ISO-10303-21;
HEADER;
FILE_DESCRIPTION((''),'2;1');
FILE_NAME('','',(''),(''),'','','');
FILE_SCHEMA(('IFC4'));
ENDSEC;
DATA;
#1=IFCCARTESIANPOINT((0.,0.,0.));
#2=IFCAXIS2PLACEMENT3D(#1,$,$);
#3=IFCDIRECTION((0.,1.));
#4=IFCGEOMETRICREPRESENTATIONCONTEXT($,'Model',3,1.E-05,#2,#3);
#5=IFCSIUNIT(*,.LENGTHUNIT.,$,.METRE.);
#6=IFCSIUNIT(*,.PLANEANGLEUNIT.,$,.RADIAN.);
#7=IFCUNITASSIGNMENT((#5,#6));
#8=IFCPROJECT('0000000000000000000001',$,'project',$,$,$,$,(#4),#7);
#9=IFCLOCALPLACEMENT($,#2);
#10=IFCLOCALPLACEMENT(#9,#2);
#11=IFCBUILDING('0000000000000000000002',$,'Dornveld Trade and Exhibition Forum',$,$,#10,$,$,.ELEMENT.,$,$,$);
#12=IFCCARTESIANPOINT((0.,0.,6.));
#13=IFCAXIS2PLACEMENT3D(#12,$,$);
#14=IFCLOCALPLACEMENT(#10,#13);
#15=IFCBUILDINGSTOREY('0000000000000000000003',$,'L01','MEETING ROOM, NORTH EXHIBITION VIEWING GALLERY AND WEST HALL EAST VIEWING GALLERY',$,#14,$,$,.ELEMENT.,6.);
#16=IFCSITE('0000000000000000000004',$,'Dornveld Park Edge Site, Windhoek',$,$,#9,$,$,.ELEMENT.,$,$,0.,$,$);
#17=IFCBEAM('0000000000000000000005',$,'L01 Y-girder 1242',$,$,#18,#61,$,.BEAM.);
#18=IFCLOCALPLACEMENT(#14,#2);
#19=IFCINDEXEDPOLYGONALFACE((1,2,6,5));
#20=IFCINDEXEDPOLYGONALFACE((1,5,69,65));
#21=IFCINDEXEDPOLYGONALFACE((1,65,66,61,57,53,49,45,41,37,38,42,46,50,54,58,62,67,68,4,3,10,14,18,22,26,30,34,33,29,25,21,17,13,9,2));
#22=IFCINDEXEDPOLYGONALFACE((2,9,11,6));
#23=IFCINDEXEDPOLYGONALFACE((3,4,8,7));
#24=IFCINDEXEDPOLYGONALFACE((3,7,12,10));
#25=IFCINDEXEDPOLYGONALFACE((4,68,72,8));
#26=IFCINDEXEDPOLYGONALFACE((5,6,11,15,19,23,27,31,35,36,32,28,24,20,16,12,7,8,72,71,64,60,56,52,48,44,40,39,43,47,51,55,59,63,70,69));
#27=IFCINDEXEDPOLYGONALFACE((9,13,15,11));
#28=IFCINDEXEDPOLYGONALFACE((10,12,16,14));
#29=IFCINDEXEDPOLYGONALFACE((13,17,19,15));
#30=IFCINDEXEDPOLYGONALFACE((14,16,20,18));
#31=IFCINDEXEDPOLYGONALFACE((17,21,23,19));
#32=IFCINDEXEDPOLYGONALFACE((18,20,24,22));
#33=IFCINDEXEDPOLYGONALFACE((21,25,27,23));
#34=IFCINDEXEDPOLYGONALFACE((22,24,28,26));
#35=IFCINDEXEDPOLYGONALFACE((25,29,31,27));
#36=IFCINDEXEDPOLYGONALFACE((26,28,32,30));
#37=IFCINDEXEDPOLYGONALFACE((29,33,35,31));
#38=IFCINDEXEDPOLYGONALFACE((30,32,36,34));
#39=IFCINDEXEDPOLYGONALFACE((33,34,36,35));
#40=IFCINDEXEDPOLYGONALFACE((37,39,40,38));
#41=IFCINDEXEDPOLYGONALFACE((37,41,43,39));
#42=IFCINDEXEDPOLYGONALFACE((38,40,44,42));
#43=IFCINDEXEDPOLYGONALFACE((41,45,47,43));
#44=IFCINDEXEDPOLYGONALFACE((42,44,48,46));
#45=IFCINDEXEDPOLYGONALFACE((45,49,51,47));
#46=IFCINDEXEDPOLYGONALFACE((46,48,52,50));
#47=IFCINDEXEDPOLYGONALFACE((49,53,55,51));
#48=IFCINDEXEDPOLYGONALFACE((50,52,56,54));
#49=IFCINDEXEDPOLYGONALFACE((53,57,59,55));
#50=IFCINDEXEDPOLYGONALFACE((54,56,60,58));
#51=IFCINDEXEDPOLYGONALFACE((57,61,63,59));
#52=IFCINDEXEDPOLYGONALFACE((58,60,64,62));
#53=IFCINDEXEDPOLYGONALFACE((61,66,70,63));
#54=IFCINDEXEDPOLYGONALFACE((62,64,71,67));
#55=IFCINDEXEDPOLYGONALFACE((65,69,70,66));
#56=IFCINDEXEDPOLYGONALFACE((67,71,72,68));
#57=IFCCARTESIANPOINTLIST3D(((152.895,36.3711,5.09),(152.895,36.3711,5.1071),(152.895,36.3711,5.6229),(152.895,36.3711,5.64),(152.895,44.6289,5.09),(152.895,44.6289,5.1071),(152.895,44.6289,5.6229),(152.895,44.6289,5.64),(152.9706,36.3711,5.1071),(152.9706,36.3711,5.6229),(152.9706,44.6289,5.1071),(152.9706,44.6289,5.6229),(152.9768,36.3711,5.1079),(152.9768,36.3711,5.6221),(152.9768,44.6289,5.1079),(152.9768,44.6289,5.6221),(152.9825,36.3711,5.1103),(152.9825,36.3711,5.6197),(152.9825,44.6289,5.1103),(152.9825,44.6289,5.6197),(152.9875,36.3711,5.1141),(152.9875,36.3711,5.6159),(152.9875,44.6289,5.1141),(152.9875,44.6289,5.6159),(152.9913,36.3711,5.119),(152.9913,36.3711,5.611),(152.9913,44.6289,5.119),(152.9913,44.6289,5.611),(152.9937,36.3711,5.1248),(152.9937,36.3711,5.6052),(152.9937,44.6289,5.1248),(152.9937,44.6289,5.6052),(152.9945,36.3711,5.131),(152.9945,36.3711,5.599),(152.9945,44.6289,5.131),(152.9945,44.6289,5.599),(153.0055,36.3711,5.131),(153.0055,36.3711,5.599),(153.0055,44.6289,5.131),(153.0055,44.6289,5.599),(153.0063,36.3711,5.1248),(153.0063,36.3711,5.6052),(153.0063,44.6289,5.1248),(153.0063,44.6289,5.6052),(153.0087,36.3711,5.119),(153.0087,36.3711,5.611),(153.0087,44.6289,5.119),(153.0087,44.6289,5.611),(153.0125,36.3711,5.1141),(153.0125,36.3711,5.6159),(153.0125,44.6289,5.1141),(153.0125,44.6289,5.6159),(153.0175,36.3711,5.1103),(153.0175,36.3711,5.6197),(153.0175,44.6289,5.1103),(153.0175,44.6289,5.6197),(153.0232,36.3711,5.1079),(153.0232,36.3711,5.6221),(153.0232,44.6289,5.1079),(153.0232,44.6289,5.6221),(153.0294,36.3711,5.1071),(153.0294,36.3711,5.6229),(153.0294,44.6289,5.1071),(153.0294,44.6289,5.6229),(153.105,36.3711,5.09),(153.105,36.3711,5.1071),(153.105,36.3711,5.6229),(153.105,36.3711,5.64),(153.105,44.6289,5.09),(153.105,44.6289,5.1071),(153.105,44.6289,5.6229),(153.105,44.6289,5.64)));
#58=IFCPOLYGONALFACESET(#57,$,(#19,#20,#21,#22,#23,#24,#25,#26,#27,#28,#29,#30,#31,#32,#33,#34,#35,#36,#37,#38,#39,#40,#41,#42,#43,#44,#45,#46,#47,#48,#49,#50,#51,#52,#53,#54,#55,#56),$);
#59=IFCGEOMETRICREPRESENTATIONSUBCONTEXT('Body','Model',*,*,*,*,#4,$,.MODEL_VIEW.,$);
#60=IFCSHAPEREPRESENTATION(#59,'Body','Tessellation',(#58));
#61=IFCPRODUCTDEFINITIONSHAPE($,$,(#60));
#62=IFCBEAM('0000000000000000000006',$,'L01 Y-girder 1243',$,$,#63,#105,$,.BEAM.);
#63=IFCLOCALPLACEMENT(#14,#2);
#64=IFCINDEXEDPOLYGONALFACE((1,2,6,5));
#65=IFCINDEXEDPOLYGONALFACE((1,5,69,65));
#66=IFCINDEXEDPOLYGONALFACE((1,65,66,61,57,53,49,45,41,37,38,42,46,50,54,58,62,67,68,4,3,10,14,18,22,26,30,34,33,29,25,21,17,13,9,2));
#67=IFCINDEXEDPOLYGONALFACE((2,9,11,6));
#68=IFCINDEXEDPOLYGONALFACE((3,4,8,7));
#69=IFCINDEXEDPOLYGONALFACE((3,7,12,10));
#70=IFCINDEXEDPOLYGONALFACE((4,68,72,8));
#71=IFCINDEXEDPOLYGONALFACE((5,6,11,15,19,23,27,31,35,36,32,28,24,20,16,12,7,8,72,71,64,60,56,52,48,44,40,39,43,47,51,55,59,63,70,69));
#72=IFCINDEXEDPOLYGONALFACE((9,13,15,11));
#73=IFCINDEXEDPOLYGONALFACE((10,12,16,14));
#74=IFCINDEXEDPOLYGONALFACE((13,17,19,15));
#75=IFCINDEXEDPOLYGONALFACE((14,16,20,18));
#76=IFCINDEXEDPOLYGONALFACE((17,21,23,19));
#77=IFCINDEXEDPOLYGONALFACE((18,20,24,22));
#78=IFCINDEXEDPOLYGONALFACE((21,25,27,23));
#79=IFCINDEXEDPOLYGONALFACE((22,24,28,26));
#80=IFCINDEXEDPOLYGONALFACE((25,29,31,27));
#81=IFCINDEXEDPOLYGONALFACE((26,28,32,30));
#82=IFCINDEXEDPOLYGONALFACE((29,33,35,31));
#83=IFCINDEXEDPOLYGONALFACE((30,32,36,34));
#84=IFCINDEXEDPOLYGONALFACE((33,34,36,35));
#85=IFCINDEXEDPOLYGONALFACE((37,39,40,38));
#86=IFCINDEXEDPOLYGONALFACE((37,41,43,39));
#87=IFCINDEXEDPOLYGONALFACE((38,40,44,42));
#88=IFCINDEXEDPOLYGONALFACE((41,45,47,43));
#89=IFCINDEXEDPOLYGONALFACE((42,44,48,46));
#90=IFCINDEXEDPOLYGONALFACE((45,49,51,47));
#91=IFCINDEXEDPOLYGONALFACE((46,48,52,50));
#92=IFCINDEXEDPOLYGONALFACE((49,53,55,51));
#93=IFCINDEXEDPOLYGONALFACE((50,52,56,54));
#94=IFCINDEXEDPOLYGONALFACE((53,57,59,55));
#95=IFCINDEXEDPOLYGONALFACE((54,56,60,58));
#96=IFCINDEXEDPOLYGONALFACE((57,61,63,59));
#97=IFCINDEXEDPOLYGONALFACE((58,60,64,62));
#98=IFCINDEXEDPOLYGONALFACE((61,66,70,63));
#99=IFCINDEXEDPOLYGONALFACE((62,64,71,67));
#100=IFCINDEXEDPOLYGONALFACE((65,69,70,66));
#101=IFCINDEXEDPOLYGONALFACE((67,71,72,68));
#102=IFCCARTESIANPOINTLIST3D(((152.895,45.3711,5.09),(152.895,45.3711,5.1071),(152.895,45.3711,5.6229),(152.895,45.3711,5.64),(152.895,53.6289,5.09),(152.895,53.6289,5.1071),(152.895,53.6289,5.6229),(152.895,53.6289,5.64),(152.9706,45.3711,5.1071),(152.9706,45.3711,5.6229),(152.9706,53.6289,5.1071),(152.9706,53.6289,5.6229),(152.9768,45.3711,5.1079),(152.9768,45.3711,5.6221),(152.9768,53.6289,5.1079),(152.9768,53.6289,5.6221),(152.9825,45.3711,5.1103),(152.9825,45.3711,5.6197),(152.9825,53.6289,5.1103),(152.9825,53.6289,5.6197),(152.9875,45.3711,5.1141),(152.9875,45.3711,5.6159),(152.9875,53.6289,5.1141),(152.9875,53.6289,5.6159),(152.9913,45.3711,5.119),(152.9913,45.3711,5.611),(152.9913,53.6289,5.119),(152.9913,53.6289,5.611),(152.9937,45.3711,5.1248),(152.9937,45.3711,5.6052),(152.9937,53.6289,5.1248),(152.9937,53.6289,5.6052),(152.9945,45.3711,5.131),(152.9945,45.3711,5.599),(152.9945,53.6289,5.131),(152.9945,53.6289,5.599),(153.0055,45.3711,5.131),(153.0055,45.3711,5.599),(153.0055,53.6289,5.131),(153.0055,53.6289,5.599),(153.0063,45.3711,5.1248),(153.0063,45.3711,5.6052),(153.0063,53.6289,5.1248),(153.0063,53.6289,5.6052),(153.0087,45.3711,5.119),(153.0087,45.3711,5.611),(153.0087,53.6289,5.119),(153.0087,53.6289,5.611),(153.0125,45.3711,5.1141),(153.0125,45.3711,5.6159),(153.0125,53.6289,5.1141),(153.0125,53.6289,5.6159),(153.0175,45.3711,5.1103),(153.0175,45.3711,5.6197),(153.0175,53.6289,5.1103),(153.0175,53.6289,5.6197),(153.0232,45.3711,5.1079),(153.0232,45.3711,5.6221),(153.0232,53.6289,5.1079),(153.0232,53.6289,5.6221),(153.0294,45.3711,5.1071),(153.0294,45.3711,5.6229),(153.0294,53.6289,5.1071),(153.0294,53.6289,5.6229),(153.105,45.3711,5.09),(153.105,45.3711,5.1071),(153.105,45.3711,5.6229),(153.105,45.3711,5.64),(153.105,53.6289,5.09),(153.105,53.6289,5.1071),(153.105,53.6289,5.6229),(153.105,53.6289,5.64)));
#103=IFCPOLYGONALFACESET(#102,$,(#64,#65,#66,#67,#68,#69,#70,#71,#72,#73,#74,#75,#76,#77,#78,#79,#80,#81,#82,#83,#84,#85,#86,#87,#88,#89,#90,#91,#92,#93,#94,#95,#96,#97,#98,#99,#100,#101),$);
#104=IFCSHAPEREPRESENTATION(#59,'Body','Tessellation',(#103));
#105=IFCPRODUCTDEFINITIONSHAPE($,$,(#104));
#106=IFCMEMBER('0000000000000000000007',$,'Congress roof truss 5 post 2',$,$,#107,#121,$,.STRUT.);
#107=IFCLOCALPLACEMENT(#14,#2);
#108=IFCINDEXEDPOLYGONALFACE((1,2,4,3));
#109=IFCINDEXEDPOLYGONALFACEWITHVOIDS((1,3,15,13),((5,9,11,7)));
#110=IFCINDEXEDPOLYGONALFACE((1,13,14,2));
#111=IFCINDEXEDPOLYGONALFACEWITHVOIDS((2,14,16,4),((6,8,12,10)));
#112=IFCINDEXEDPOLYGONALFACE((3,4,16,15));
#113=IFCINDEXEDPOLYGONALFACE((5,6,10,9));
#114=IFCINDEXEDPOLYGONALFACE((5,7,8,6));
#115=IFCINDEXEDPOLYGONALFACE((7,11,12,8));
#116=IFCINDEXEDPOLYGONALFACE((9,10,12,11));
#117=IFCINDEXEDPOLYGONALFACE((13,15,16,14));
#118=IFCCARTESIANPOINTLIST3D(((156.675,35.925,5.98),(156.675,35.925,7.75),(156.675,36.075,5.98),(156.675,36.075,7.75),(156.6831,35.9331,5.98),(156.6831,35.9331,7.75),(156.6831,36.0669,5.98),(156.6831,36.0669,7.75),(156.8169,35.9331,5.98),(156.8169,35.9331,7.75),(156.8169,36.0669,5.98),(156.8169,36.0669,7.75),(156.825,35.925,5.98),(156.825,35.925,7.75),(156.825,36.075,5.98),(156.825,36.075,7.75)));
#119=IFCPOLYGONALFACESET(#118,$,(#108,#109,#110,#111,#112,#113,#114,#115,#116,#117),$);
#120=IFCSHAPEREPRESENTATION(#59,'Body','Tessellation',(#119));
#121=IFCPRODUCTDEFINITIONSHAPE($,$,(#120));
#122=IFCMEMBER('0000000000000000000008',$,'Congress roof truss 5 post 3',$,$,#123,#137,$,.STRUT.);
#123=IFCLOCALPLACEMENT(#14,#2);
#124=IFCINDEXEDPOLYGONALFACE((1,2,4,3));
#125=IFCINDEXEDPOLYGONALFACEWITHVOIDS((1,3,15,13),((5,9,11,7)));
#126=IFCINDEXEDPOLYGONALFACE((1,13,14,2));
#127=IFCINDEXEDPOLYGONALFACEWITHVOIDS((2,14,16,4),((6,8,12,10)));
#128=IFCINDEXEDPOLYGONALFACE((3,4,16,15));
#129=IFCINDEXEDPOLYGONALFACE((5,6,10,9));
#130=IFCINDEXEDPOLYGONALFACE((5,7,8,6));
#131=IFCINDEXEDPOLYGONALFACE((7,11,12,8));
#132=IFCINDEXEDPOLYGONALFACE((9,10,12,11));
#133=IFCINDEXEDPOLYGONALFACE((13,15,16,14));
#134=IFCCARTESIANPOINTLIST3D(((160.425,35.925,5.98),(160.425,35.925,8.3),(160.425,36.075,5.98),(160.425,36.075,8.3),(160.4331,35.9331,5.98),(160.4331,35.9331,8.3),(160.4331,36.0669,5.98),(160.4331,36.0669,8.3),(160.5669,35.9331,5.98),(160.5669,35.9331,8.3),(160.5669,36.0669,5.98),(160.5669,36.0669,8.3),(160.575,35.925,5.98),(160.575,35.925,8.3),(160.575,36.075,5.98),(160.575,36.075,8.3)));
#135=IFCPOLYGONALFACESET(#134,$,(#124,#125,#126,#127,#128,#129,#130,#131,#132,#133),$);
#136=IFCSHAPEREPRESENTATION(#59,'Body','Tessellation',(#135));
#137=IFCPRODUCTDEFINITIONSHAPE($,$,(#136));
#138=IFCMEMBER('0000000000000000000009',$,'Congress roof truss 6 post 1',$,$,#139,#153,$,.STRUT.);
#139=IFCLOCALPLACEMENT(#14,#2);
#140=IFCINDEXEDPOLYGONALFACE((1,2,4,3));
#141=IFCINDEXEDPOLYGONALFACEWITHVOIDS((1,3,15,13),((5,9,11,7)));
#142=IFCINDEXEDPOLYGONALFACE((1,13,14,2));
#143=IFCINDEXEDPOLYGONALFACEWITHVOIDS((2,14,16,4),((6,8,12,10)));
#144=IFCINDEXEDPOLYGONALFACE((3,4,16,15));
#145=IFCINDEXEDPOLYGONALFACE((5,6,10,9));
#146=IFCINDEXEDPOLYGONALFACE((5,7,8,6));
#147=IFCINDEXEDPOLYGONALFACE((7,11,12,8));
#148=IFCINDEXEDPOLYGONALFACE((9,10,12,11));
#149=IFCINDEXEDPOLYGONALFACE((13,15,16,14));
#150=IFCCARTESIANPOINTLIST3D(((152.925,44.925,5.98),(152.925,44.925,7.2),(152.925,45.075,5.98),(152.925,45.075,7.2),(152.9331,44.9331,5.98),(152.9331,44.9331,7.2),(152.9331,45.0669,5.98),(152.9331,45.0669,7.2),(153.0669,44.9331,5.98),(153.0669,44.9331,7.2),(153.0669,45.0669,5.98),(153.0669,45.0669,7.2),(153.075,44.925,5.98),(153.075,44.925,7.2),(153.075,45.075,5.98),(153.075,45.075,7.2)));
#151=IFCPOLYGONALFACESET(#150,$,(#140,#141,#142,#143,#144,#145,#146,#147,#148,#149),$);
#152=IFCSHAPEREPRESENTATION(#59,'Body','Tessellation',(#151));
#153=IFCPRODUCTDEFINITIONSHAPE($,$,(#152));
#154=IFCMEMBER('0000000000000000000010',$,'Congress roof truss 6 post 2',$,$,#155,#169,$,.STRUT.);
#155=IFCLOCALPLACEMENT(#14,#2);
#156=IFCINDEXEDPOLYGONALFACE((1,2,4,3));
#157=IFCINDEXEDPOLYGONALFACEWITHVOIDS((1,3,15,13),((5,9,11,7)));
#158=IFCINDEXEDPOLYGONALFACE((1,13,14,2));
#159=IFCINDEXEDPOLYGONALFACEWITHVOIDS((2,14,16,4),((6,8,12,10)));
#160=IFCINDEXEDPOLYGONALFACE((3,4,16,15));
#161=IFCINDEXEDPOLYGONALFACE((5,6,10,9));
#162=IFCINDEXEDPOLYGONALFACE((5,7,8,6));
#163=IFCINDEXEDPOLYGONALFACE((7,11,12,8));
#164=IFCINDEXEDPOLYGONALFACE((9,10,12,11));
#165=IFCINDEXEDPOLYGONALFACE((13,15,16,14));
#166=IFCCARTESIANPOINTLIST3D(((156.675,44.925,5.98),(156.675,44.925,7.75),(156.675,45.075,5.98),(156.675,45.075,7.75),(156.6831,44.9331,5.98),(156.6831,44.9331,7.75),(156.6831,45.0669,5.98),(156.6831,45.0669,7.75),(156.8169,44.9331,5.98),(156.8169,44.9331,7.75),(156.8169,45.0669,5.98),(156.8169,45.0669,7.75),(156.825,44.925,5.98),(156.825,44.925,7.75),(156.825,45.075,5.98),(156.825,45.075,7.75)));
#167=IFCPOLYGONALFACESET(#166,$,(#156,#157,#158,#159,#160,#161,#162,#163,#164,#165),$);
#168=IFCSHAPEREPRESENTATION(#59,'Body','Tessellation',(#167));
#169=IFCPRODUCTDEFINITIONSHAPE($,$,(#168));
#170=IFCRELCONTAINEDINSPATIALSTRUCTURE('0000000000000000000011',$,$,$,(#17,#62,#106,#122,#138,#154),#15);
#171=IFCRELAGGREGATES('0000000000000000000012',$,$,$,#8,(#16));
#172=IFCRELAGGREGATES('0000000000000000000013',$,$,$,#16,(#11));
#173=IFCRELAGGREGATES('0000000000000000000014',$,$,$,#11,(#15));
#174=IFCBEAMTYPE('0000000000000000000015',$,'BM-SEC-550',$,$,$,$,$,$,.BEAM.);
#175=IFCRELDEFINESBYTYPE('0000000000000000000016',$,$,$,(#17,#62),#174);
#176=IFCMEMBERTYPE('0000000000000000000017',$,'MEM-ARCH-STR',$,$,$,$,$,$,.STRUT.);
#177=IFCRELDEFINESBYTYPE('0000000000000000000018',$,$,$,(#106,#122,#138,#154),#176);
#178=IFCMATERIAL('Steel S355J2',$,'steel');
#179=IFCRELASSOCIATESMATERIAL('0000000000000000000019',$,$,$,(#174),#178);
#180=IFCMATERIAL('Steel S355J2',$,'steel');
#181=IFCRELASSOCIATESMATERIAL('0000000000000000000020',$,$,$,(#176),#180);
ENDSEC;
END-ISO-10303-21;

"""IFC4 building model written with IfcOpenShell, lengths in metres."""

from ifc_helpers import new_model, si_unit, direction, frame, origin, origin_2d, place, context, subcontext, project, spatial, hollow_rectangle, i_section, extrude, material, material_profile, profile_set, type_object, element, save


model = new_model("IFC4")

# Units and contexts
model_context = context("Model", 3, precision=1e-05, world=origin(), true_north=direction((0.0, 1.0)))
body_context = subcontext(model_context, "Body", "Model", "MODEL_VIEW")
ifc_project = project(units=[si_unit("LENGTHUNIT", "METRE"), si_unit("PLANEANGLEUNIT", "RADIAN")], contexts=[model_context])

# Site, building, storey
site_placement = place(None, origin())
site = spatial("IfcSite", under=ifc_project, at=site_placement, Name="Dornveld Park Edge Site, Windhoek", CompositionType="ELEMENT", RefElevation=0.0)
building_placement = place(site_placement, origin())
building = spatial("IfcBuilding", under=site, at=building_placement, Name="Dornveld Trade and Exhibition Forum", CompositionType="ELEMENT")
storey_placement = place(building_placement, frame((0.0, 0.0, 6.0)))
storey = spatial("IfcBuildingStorey", under=building, at=storey_placement, Name="L01", Description="MEETING ROOM, NORTH EXHIBITION VIEWING GALLERY AND WEST HALL EAST VIEWING GALLERY", CompositionType="ELEMENT", Elevation=6.0)

# Beams
ifc_material_1 = material(Name="Steel S355J2", Category="steel")
ifc_material_profile_1 = material_profile(ifc_material_1, i_section(OverallWidth=0.21, OverallDepth=0.55, WebThickness=0.011, FlangeThickness=0.0171, FilletRadius=0.0239, at=origin_2d()), Name="IPE 550")
ifc_profile_set_1 = profile_set([ifc_material_profile_1], Name="Steel S355J2")
beam_type_1 = type_object("IfcBeamType", Name="BM-SEC-550", PredefinedType="BEAM", material=ifc_profile_set_1)
for number, where, z_axis, x_axis, name in (
    (1, (153.0, 36.3711, 5.365), (0.0, 1.0, 0.0), (-1.0, 0.0, 0.0), "L01 Y-girder 1242"),
    (2, (153.0, 45.3711, 5.365), (0.0, 1.0, 0.0), (-1.0, 0.0, 0.0), "L01 Y-girder 1243"),
):
    element("IfcBeam", number, at=place(storey_placement, frame(where, z_axis=z_axis, x_axis=x_axis)), inside=storey, type_object=beam_type_1, Name=name, PredefinedType="BEAM", context=body_context, shape_type="SweptSolid", body=[
        extrude(i_section(OverallWidth=0.21, OverallDepth=0.55, WebThickness=0.011, FlangeThickness=0.0171, FilletRadius=0.0239, at=origin_2d()), origin(), (0.0, 0.0, 1.0), 8.2578),
    ])

# Members
ifc_material_2 = material(Name="Steel S355J2", Category="steel")
ifc_material_profile_2 = material_profile(ifc_material_2, hollow_rectangle(XDim=0.1499, YDim=0.1499, WallThickness=0.0081, at=origin_2d()), Name="SHS 150x150x8")
ifc_profile_set_2 = profile_set([ifc_material_profile_2], Name="Steel S355J2")
member_type_1 = type_object("IfcMemberType", Name="MEM-ARCH-STR", PredefinedType="STRUT", material=ifc_profile_set_2)
member_1_placement = place(storey_placement, frame((156.75, 36.0, 5.98), z_axis=(0.0, 0.0, 1.0), x_axis=(1.0, 0.0, 0.0)))
element("IfcMember", 3, at=member_1_placement, inside=storey, type_object=member_type_1, Name="Congress roof truss 5 post 2", PredefinedType="STRUT", context=body_context, shape_type="SweptSolid", body=[
    extrude(hollow_rectangle(XDim=0.1499, YDim=0.1499, WallThickness=0.0081, at=origin_2d()), origin(), (0.0, 0.0, 1.0), 1.77),
])
member_2_placement = place(storey_placement, frame((160.5, 36.0, 5.98), z_axis=(0.0, 0.0, 1.0), x_axis=(1.0, 0.0, 0.0)))
element("IfcMember", 4, at=member_2_placement, inside=storey, type_object=member_type_1, Name="Congress roof truss 5 post 3", PredefinedType="STRUT", context=body_context, shape_type="SweptSolid", body=[
    extrude(hollow_rectangle(XDim=0.1499, YDim=0.1499, WallThickness=0.0081, at=origin_2d()), origin(), (0.0, 0.0, 1.0), 2.3201),
])
member_3_placement = place(storey_placement, frame((153.0, 45.0, 5.98), z_axis=(0.0, 0.0, 1.0), x_axis=(1.0, 0.0, 0.0)))
element("IfcMember", 5, at=member_3_placement, inside=storey, type_object=member_type_1, Name="Congress roof truss 6 post 1", PredefinedType="STRUT", context=body_context, shape_type="SweptSolid", body=[
    extrude(hollow_rectangle(XDim=0.1499, YDim=0.1499, WallThickness=0.0081, at=origin_2d()), origin(), (0.0, 0.0, 1.0), 1.22),
])
member_4_placement = place(storey_placement, frame((156.75, 45.0, 5.98), z_axis=(0.0, 0.0, 1.0), x_axis=(1.0, 0.0, 0.0)))
element("IfcMember", 6, at=member_4_placement, inside=storey, type_object=member_type_1, Name="Congress roof truss 6 post 2", PredefinedType="STRUT", context=body_context, shape_type="SweptSolid", body=[
    extrude(hollow_rectangle(XDim=0.1499, YDim=0.1499, WallThickness=0.0081, at=origin_2d()), origin(), (0.0, 0.0, 1.0), 1.77),
])

save(model, "model.ifc")
